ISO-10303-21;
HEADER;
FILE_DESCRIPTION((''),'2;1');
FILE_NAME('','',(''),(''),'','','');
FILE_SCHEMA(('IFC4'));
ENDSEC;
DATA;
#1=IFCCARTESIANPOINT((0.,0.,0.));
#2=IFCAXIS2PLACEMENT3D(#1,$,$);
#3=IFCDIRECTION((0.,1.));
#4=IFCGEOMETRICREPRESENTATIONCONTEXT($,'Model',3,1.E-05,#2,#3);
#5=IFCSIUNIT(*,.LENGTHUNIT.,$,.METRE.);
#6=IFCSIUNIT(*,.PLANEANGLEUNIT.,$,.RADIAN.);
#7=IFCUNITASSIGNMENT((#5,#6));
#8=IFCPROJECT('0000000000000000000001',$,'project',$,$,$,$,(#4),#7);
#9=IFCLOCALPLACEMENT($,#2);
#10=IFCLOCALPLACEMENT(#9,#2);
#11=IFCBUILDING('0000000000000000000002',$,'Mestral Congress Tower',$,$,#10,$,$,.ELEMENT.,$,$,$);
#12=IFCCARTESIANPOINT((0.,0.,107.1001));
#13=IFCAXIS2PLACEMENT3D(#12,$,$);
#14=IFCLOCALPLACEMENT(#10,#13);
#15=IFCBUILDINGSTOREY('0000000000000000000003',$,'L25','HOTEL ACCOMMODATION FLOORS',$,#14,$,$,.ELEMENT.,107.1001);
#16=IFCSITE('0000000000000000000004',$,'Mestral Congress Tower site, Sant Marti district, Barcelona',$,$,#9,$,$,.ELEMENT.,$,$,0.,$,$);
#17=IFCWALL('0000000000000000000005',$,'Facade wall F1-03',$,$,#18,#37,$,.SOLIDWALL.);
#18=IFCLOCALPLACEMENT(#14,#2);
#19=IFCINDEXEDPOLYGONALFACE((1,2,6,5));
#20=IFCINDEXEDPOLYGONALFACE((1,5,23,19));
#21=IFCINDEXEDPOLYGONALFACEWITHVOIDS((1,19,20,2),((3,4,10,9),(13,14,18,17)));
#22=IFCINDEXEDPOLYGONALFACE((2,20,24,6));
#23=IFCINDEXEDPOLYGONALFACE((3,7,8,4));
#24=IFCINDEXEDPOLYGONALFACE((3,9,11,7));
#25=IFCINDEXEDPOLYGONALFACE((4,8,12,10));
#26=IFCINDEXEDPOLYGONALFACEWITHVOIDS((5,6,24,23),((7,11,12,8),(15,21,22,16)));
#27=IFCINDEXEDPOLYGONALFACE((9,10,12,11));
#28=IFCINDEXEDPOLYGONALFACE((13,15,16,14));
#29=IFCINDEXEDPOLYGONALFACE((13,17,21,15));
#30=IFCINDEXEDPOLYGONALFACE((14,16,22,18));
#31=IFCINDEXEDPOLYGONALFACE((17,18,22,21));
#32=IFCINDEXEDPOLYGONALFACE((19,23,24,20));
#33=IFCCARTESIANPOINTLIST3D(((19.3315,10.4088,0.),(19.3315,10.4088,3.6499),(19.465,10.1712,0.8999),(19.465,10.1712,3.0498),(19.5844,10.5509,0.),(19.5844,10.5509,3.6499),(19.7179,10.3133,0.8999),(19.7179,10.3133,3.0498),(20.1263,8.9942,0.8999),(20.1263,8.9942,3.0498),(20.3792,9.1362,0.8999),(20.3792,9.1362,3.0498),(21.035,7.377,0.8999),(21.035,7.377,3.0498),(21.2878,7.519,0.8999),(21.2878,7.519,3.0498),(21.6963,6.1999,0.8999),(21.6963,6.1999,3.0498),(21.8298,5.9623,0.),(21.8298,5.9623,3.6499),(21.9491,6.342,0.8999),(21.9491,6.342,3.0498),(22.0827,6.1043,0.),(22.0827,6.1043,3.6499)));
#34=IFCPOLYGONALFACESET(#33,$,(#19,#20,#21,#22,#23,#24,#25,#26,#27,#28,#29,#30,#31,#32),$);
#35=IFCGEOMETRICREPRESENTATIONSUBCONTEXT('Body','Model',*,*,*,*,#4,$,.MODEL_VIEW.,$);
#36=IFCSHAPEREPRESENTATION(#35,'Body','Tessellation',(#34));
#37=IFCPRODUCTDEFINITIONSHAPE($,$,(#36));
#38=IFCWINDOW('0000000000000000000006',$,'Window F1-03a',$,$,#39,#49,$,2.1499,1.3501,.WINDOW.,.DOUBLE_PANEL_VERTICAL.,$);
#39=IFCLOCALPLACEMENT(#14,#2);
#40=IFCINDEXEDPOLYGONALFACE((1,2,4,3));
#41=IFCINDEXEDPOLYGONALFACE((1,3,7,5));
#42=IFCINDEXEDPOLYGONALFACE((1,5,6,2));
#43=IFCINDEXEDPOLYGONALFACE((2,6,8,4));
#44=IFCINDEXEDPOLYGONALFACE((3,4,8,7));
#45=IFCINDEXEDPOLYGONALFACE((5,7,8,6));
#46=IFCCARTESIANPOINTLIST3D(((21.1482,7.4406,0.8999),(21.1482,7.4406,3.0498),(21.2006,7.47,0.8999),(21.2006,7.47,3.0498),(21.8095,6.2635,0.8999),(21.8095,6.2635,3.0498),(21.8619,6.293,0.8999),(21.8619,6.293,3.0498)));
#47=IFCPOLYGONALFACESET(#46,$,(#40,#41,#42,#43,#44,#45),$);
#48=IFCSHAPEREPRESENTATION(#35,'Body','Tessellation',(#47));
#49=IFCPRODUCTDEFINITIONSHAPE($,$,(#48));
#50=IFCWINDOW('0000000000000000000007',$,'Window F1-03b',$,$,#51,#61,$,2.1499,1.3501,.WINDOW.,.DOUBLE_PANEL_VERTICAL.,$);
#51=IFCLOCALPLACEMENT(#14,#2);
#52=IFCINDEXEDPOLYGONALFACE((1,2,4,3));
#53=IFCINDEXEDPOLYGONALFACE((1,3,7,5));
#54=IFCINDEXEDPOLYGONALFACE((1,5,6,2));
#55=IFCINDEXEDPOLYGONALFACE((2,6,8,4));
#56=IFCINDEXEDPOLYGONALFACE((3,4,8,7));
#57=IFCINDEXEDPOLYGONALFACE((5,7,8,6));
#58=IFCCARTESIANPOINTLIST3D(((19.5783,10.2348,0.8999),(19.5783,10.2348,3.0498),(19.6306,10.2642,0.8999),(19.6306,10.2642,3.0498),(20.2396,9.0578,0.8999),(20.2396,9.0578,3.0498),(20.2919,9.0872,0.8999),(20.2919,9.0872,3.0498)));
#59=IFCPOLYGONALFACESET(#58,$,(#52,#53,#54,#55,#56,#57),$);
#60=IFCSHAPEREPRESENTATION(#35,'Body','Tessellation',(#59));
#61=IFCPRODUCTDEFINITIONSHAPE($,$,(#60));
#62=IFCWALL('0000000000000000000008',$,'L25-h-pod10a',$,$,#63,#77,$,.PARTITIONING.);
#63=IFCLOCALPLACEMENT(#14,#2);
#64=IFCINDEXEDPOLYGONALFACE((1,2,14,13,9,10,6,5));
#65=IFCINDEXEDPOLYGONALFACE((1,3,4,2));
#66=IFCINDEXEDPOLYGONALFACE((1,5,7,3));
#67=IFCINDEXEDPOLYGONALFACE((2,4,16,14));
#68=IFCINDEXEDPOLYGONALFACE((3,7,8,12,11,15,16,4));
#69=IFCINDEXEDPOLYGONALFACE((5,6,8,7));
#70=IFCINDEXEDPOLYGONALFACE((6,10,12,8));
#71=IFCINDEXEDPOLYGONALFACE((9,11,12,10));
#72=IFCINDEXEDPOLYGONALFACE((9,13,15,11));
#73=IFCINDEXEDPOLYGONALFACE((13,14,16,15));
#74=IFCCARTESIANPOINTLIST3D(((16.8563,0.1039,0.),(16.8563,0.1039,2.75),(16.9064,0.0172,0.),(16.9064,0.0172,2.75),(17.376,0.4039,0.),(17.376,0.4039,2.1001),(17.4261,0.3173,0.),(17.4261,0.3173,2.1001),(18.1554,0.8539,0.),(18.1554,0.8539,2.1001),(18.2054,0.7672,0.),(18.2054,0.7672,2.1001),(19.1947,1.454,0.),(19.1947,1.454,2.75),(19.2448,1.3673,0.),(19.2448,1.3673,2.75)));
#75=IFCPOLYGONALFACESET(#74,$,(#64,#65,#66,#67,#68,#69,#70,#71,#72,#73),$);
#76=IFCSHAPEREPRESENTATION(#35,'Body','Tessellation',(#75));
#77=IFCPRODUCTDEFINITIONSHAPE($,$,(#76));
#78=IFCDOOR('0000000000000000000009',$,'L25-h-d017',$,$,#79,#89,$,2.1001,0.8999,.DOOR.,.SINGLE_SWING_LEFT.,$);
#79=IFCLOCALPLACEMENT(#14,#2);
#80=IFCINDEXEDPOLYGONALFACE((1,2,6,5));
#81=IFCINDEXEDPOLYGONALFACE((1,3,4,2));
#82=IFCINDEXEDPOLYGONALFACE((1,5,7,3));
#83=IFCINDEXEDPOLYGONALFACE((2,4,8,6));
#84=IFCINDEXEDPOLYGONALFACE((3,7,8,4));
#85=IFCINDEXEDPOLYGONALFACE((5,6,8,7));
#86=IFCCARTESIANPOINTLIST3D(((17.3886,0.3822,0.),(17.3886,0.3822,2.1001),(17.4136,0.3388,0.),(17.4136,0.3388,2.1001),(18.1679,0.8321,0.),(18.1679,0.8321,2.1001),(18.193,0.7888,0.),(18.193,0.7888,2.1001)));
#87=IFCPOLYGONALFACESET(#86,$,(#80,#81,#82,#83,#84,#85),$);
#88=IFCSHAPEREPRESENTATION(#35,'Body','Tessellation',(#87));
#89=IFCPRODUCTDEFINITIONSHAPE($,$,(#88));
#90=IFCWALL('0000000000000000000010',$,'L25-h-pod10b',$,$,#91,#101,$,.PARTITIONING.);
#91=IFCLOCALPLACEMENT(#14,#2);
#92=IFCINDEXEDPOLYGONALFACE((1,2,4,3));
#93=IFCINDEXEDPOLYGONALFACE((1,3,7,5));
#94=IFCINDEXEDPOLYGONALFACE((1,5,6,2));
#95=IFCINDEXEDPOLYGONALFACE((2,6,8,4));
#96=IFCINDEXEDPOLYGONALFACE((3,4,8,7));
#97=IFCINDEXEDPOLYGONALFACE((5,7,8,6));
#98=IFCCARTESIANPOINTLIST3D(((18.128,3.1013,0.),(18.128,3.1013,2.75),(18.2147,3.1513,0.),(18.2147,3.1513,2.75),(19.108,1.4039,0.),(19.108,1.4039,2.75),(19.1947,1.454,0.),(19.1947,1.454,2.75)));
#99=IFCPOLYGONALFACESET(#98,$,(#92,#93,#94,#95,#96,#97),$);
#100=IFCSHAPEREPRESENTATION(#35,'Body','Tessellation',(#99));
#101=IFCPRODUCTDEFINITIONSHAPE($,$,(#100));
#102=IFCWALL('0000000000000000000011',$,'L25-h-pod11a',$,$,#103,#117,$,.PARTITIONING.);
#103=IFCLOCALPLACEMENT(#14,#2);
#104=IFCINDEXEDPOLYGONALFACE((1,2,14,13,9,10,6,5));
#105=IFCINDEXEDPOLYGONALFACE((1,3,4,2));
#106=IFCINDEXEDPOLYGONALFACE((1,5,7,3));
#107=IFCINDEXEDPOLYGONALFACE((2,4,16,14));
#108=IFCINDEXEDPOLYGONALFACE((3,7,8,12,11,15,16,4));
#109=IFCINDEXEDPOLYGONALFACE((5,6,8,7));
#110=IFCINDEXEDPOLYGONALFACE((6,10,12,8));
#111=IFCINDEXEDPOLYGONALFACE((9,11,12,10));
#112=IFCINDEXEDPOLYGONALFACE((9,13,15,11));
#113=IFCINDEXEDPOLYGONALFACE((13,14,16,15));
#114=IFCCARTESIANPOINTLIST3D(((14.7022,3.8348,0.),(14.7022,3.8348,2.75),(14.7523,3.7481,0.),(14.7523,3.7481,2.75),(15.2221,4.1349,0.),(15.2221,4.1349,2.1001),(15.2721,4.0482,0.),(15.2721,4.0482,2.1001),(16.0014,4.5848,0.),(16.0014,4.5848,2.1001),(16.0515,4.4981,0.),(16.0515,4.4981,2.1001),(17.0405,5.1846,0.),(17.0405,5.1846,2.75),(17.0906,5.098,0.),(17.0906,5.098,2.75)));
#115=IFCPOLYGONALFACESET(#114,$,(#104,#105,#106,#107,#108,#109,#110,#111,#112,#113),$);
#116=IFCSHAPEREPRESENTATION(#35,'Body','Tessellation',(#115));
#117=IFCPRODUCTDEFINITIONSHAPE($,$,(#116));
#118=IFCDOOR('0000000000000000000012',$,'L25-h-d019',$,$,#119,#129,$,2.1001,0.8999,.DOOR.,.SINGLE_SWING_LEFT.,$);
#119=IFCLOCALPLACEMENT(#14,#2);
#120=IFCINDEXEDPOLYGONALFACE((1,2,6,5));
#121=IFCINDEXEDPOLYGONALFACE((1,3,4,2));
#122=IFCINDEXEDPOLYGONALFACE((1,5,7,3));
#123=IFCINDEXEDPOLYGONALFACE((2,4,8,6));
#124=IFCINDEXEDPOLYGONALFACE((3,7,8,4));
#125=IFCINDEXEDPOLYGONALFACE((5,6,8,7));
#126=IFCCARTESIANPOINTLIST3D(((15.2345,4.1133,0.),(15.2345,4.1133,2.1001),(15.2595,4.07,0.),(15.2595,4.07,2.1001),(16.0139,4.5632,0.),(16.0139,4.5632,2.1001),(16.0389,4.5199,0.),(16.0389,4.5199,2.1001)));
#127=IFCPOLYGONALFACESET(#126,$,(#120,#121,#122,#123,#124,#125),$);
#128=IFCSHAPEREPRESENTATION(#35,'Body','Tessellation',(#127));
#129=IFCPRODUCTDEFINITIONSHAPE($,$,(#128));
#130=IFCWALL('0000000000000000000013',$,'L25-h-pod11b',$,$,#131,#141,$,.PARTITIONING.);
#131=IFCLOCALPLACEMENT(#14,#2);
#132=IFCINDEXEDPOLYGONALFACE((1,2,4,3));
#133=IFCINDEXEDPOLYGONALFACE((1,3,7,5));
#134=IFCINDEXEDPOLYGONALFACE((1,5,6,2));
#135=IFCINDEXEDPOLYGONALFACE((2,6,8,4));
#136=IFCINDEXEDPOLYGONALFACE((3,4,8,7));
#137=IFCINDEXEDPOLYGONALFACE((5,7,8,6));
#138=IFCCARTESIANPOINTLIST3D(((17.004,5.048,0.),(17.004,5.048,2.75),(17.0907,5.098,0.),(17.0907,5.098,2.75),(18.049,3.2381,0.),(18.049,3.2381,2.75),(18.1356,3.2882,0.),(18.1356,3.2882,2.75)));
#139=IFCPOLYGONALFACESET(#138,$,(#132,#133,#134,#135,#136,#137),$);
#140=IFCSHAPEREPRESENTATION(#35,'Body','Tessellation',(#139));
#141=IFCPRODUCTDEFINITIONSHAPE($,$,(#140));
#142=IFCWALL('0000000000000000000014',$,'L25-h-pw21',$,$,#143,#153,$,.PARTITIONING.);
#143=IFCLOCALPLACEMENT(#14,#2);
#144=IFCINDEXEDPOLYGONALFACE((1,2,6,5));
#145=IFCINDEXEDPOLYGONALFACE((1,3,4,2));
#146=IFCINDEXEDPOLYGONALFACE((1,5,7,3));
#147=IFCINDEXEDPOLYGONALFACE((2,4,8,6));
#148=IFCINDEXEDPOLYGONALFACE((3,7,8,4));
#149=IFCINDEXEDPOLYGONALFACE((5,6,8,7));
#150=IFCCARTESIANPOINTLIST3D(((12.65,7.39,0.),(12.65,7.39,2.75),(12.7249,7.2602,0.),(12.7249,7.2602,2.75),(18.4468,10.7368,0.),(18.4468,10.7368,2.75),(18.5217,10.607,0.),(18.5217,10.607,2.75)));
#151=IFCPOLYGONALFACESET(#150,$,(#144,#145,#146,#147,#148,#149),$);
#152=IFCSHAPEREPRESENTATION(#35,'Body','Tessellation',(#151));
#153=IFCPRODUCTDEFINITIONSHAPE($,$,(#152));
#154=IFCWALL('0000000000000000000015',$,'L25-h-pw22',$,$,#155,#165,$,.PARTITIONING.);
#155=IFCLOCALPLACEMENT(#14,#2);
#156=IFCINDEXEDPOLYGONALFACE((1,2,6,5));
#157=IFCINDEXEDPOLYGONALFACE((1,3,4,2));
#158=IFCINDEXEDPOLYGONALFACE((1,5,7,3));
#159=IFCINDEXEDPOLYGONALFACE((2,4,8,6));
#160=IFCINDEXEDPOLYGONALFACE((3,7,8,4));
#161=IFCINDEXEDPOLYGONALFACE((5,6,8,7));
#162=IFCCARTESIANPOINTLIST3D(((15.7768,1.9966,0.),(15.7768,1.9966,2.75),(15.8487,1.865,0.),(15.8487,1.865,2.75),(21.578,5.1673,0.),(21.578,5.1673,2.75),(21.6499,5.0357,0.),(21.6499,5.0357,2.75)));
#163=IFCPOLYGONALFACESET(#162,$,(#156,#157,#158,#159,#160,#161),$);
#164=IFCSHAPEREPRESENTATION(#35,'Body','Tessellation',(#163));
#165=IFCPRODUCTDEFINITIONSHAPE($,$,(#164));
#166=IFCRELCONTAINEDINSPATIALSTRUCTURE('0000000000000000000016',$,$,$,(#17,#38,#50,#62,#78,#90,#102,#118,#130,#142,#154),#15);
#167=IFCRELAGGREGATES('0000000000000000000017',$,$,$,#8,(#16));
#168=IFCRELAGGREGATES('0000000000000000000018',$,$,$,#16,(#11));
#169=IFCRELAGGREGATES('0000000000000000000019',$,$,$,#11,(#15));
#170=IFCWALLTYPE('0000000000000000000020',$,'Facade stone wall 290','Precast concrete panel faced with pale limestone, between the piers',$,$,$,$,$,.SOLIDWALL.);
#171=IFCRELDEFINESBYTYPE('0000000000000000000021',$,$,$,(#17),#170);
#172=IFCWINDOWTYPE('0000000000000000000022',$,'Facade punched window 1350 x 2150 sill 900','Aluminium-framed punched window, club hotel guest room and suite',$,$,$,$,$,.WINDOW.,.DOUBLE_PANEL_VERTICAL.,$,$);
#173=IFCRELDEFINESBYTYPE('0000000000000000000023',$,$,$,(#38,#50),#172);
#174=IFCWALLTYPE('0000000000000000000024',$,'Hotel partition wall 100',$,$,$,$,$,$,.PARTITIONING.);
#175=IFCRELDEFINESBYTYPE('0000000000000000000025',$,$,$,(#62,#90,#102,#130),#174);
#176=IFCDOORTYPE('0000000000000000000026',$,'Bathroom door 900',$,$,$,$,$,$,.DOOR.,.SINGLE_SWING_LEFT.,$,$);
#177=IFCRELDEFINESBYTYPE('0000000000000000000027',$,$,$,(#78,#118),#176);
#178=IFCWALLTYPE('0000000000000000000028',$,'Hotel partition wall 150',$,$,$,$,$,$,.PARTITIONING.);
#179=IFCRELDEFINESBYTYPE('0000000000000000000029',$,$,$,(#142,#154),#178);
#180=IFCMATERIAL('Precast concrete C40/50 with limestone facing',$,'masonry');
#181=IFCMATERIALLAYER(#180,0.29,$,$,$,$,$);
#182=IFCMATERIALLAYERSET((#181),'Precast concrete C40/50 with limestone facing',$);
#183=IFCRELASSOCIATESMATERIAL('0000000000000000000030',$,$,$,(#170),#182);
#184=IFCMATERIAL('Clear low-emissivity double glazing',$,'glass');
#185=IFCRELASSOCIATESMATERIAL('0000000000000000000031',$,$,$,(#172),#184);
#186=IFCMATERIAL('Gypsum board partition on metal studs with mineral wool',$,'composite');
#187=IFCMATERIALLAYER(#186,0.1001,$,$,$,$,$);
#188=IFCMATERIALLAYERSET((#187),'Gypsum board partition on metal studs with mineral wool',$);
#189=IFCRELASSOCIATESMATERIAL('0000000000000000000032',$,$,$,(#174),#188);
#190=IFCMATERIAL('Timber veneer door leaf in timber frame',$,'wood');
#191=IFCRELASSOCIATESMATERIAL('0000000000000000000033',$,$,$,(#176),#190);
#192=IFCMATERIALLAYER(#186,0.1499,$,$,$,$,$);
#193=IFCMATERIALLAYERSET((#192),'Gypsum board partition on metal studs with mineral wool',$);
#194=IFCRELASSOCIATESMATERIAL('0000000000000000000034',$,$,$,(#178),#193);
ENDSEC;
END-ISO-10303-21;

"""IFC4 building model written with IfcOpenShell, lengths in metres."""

from ifc_helpers import new_model, si_unit, direction, frame, frame_2d, origin, place, context, subcontext, project, spatial, rectangle, extrude, material, layer, layer_set, type_object, element, fill, save


model = new_model("IFC4")

# Units and contexts
model_context = context("Model", 3, precision=1e-05, world=origin(), true_north=direction((0.0, 1.0)))
body_context = subcontext(model_context, "Body", "Model", "MODEL_VIEW")
ifc_project = project(units=[si_unit("LENGTHUNIT", "METRE"), si_unit("PLANEANGLEUNIT", "RADIAN")], contexts=[model_context])

# Site, building, storey
site_placement = place(None, origin())
site = spatial("IfcSite", under=ifc_project, at=site_placement, Name="Mestral Congress Tower site, Sant Marti district, Barcelona", CompositionType="ELEMENT", RefElevation=0.0)
building_placement = place(site_placement, origin())
building = spatial("IfcBuilding", under=site, at=building_placement, Name="Mestral Congress Tower", CompositionType="ELEMENT")
storey_placement = place(building_placement, frame((0.0, 0.0, 107.1001)))
storey = spatial("IfcBuildingStorey", under=building, at=storey_placement, Name="L25", Description="HOTEL ACCOMMODATION FLOORS", CompositionType="ELEMENT", Elevation=107.1001)

# Wall, openings, windows
ifc_material_1 = material(Name="Precast concrete C40/50 with limestone facing", Category="masonry")
ifc_layer_1 = layer(ifc_material_1, 0.29)
ifc_layer_set_1 = layer_set([ifc_layer_1], Name="Precast concrete C40/50 with limestone facing")
wall_type_1 = type_object("IfcWallType", Name="Facade stone wall 290", Description="Precast concrete panel faced with pale limestone, between the piers", PredefinedType="SOLIDWALL", material=ifc_layer_set_1)
ifc_material_2 = material(Name="Clear low-emissivity double glazing", Category="glass")
window_type = type_object("IfcWindowType", Name="Facade punched window 1350 x 2150 sill 900", Description="Aluminium-framed punched window, club hotel guest room and suite", PartitioningType="DOUBLE_PANEL_VERTICAL", PredefinedType="WINDOW", material=ifc_material_2)
wall_1_placement = place(storey_placement, frame((21.9563, 6.0332, 0.0), z_axis=(0.0, 0.0, 1.0), x_axis=(-0.489832, 0.871817, 0.0)))
wall_1 = element("IfcWall", 1, at=wall_1_placement, inside=storey, type_object=wall_type_1, Name="Facade wall F1-03", PredefinedType="SOLIDWALL", context=body_context, shape_type="SweptSolid", body=[
    extrude(rectangle(XDim=5.1003, YDim=0.29, at=frame_2d((2.5503, 0.0))), origin(), (0.0, 0.0, 1.0), 3.6499),
])
opening_1_placement = place(wall_1_placement, frame((0.2727, 0.0, 0.8999)))
opening_1 = element("IfcOpeningElement", 2, at=opening_1_placement, cuts=wall_1, PredefinedType="OPENING", context=body_context, shape_type="SweptSolid", body=[
    extrude(rectangle(XDim=1.3501, YDim=2.1499, at=frame_2d((0.675, 1.075))), frame((0.0, 0.155, 0.0), z_axis=(0.0, -1.0, 0.0), x_axis=(1.0, 0.0, 0.0)), (0.0, 0.0, 1.0), 0.3101),
])
opening_2_placement = place(wall_1_placement, frame((3.4778, 0.0, 0.8999)))
opening_2 = element("IfcOpeningElement", 3, at=opening_2_placement, cuts=wall_1, PredefinedType="OPENING", context=body_context, shape_type="SweptSolid", body=[
    extrude(rectangle(XDim=1.3501, YDim=2.1499, at=frame_2d((0.675, 1.075))), frame((0.0, 0.155, 0.0), z_axis=(0.0, -1.0, 0.0), x_axis=(1.0, 0.0, 0.0)), (0.0, 0.0, 1.0), 0.3101),
])
window_1_placement = place(opening_1_placement, origin())
window_1 = element("IfcWindow", 4, at=window_1_placement, inside=storey, type_object=window_type, Name="Window F1-03a", OverallHeight=2.1499, OverallWidth=1.3501, PartitioningType="DOUBLE_PANEL_VERTICAL", PredefinedType="WINDOW", context=body_context, shape_type="SweptSolid", body=[
    extrude(rectangle(XDim=1.3501, YDim=2.1499, at=frame_2d((0.675, 1.075))), frame((0.0, 0.0151, 0.0), z_axis=(0.0, -1.0, 0.0), x_axis=(1.0, 0.0, 0.0)), (0.0, 0.0, 1.0), 0.0601),
])
fill(opening_1, window_1)
window_2_placement = place(opening_2_placement, origin())
window_2 = element("IfcWindow", 5, at=window_2_placement, inside=storey, type_object=window_type, Name="Window F1-03b", OverallHeight=2.1499, OverallWidth=1.3501, PartitioningType="DOUBLE_PANEL_VERTICAL", PredefinedType="WINDOW", context=body_context, shape_type="SweptSolid", body=[
    extrude(rectangle(XDim=1.3501, YDim=2.1499, at=frame_2d((0.675, 1.075))), frame((0.0, 0.0151, 0.0), z_axis=(0.0, -1.0, 0.0), x_axis=(1.0, 0.0, 0.0)), (0.0, 0.0, 1.0), 0.0601),
])
fill(opening_2, window_2)

# Wall, opening, door
ifc_material_3 = material(Name="Gypsum board partition on metal studs with mineral wool", Category="composite")
ifc_layer_2 = layer(ifc_material_3, 0.1001)
ifc_layer_set_2 = layer_set([ifc_layer_2], Name="Gypsum board partition on metal studs with mineral wool")
wall_type_2 = type_object("IfcWallType", Name="Hotel partition wall 100", PredefinedType="PARTITIONING", material=ifc_layer_set_2)
wall_2_placement = place(storey_placement, frame((16.8813, 0.0605, 0.0), z_axis=(0.0, 0.0, 1.0), x_axis=(0.86602, 0.500009, 0.0)))
wall_2 = element("IfcWall", 6, at=wall_2_placement, inside=storey, type_object=wall_type_2, Name="L25-h-pod10a", PredefinedType="PARTITIONING", context=body_context, shape_type="SweptSolid", body=[
    extrude(rectangle(XDim=2.7002, YDim=0.1001, at=frame_2d((1.3501, 0.0))), origin(), (0.0, 0.0, 1.0), 2.75),
])
opening_3_placement = place(wall_2_placement, frame((0.6001, 0.0, 0.0)))
opening_3 = element("IfcOpeningElement", 7, at=opening_3_placement, cuts=wall_2, PredefinedType="OPENING", context=body_context, shape_type="SweptSolid", body=[
    extrude(rectangle(XDim=0.8999, YDim=2.1001, at=frame_2d((0.45, 1.05))), frame((0.0, 0.0601, 0.0), z_axis=(0.0, -1.0, 0.0), x_axis=(1.0, 0.0, 0.0)), (0.0, 0.0, 1.0), 0.1201),
])
ifc_material_4 = material(Name="Timber veneer door leaf in timber frame", Category="wood")
door_type_1 = type_object("IfcDoorType", Name="Bathroom door 900", OperationType="SINGLE_SWING_LEFT", PredefinedType="DOOR", material=ifc_material_4)
door_1_placement = place(opening_3_placement, origin())
door_1 = element("IfcDoor", 8, at=door_1_placement, inside=storey, type_object=door_type_1, Name="L25-h-d017", OperationType="SINGLE_SWING_LEFT", OverallHeight=2.1001, OverallWidth=0.8999, PredefinedType="DOOR", context=body_context, shape_type="SweptSolid", body=[
    extrude(rectangle(XDim=0.8999, YDim=2.1001, at=frame_2d((0.45, 1.05))), frame((0.0, 0.0249, 0.0), z_axis=(0.0, -1.0, 0.0), x_axis=(1.0, 0.0, 0.0)), (0.0, 0.0, 1.0), 0.05),
])
fill(opening_3, door_1)

# Wall
wall_3_placement = place(storey_placement, frame((19.1514, 1.429, 0.0), z_axis=(0.0, 0.0, 1.0), x_axis=(-0.500024, 0.866011, 0.0)))
element("IfcWall", 9, at=wall_3_placement, inside=storey, type_object=wall_type_2, Name="L25-h-pod10b", PredefinedType="PARTITIONING", context=body_context, shape_type="SweptSolid", body=[
    extrude(rectangle(XDim=1.96, YDim=0.1001, at=frame_2d((0.98, 0.0))), origin(), (0.0, 0.0, 1.0), 2.75),
])

# Wall, opening, door
wall_4_placement = place(storey_placement, frame((17.0657, 5.1414, 0.0), z_axis=(0.0, 0.0, 1.0), x_axis=(-0.866059, -0.499942, 0.0)))
wall_4 = element("IfcWall", 10, at=wall_4_placement, inside=storey, type_object=wall_type_2, Name="L25-h-pod11a", PredefinedType="PARTITIONING", context=body_context, shape_type="SweptSolid", body=[
    extrude(rectangle(XDim=2.7, YDim=0.1001, at=frame_2d((1.3501, 0.0))), origin(), (0.0, 0.0, 1.0), 2.75),
])
opening_4_placement = place(wall_4_placement, frame((1.2, 0.0, 0.0)))
opening_4 = element("IfcOpeningElement", 11, at=opening_4_placement, cuts=wall_4, PredefinedType="OPENING", context=body_context, shape_type="SweptSolid", body=[
    extrude(rectangle(XDim=0.8999, YDim=2.1001, at=frame_2d((0.45, 1.05))), frame((0.0, 0.0601, 0.0), z_axis=(0.0, -1.0, 0.0), x_axis=(1.0, 0.0, 0.0)), (0.0, 0.0, 1.0), 0.1201),
])
door_2_placement = place(opening_4_placement, origin())
door_2 = element("IfcDoor", 12, at=door_2_placement, inside=storey, type_object=door_type_1, Name="L25-h-d019", OperationType="SINGLE_SWING_LEFT", OverallHeight=2.1001, OverallWidth=0.8999, PredefinedType="DOOR", context=body_context, shape_type="SweptSolid", body=[
    extrude(rectangle(XDim=0.8999, YDim=2.1001, at=frame_2d((0.45, 1.05))), frame((0.0, 0.0249, 0.0), z_axis=(0.0, -1.0, 0.0), x_axis=(1.0, 0.0, 0.0)), (0.0, 0.0, 1.0), 0.05),
])
fill(opening_4, door_2)

# Walls
wall_5_placement = place(storey_placement, frame((17.0474, 5.073, 0.0), z_axis=(0.0, 0.0, 1.0), x_axis=(0.500009, -0.86602, 0.0)))
element("IfcWall", 13, at=wall_5_placement, inside=storey, type_object=wall_type_2, Name="L25-h-pod11b", PredefinedType="PARTITIONING", context=body_context, shape_type="SweptSolid", body=[
    extrude(rectangle(XDim=2.0898, YDim=0.1001, at=frame_2d((1.0449, 0.0))), origin(), (0.0, 0.0, 1.0), 2.75),
])
ifc_layer_3 = layer(ifc_material_3, 0.1499)
ifc_layer_set_3 = layer_set([ifc_layer_3], Name="Gypsum board partition on metal studs with mineral wool")
wall_type_3 = type_object("IfcWallType", Name="Hotel partition wall 150", PredefinedType="PARTITIONING", material=ifc_layer_set_3)
wall_6_placement = place(storey_placement, frame((18.4841, 10.6719, 0.0), z_axis=(0.0, 0.0, 1.0), x_axis=(-0.866019, -0.500011, 0.0)))
element("IfcWall", 14, at=wall_6_placement, inside=storey, type_object=wall_type_3, Name="L25-h-pw21", PredefinedType="PARTITIONING", context=body_context, shape_type="SweptSolid", body=[
    extrude(rectangle(XDim=6.6936, YDim=0.1499, at=frame_2d((3.3467, 0.0))), origin(), (0.0, 0.0, 1.0), 2.75),
])
wall_7_placement = place(storey_placement, frame((21.614, 5.1016, 0.0), z_axis=(0.0, 0.0, 1.0), x_axis=(-0.877485, -0.479605, 0.0)))
element("IfcWall", 15, at=wall_7_placement, inside=storey, type_object=wall_type_3, Name="L25-h-pw22", PredefinedType="PARTITIONING", context=body_context, shape_type="SweptSolid", body=[
    extrude(rectangle(XDim=6.6111, YDim=0.1499, at=frame_2d((3.3057, 0.0))), origin(), (0.0, 0.0, 1.0), 2.75),
])

save(model, "model.ifc")
